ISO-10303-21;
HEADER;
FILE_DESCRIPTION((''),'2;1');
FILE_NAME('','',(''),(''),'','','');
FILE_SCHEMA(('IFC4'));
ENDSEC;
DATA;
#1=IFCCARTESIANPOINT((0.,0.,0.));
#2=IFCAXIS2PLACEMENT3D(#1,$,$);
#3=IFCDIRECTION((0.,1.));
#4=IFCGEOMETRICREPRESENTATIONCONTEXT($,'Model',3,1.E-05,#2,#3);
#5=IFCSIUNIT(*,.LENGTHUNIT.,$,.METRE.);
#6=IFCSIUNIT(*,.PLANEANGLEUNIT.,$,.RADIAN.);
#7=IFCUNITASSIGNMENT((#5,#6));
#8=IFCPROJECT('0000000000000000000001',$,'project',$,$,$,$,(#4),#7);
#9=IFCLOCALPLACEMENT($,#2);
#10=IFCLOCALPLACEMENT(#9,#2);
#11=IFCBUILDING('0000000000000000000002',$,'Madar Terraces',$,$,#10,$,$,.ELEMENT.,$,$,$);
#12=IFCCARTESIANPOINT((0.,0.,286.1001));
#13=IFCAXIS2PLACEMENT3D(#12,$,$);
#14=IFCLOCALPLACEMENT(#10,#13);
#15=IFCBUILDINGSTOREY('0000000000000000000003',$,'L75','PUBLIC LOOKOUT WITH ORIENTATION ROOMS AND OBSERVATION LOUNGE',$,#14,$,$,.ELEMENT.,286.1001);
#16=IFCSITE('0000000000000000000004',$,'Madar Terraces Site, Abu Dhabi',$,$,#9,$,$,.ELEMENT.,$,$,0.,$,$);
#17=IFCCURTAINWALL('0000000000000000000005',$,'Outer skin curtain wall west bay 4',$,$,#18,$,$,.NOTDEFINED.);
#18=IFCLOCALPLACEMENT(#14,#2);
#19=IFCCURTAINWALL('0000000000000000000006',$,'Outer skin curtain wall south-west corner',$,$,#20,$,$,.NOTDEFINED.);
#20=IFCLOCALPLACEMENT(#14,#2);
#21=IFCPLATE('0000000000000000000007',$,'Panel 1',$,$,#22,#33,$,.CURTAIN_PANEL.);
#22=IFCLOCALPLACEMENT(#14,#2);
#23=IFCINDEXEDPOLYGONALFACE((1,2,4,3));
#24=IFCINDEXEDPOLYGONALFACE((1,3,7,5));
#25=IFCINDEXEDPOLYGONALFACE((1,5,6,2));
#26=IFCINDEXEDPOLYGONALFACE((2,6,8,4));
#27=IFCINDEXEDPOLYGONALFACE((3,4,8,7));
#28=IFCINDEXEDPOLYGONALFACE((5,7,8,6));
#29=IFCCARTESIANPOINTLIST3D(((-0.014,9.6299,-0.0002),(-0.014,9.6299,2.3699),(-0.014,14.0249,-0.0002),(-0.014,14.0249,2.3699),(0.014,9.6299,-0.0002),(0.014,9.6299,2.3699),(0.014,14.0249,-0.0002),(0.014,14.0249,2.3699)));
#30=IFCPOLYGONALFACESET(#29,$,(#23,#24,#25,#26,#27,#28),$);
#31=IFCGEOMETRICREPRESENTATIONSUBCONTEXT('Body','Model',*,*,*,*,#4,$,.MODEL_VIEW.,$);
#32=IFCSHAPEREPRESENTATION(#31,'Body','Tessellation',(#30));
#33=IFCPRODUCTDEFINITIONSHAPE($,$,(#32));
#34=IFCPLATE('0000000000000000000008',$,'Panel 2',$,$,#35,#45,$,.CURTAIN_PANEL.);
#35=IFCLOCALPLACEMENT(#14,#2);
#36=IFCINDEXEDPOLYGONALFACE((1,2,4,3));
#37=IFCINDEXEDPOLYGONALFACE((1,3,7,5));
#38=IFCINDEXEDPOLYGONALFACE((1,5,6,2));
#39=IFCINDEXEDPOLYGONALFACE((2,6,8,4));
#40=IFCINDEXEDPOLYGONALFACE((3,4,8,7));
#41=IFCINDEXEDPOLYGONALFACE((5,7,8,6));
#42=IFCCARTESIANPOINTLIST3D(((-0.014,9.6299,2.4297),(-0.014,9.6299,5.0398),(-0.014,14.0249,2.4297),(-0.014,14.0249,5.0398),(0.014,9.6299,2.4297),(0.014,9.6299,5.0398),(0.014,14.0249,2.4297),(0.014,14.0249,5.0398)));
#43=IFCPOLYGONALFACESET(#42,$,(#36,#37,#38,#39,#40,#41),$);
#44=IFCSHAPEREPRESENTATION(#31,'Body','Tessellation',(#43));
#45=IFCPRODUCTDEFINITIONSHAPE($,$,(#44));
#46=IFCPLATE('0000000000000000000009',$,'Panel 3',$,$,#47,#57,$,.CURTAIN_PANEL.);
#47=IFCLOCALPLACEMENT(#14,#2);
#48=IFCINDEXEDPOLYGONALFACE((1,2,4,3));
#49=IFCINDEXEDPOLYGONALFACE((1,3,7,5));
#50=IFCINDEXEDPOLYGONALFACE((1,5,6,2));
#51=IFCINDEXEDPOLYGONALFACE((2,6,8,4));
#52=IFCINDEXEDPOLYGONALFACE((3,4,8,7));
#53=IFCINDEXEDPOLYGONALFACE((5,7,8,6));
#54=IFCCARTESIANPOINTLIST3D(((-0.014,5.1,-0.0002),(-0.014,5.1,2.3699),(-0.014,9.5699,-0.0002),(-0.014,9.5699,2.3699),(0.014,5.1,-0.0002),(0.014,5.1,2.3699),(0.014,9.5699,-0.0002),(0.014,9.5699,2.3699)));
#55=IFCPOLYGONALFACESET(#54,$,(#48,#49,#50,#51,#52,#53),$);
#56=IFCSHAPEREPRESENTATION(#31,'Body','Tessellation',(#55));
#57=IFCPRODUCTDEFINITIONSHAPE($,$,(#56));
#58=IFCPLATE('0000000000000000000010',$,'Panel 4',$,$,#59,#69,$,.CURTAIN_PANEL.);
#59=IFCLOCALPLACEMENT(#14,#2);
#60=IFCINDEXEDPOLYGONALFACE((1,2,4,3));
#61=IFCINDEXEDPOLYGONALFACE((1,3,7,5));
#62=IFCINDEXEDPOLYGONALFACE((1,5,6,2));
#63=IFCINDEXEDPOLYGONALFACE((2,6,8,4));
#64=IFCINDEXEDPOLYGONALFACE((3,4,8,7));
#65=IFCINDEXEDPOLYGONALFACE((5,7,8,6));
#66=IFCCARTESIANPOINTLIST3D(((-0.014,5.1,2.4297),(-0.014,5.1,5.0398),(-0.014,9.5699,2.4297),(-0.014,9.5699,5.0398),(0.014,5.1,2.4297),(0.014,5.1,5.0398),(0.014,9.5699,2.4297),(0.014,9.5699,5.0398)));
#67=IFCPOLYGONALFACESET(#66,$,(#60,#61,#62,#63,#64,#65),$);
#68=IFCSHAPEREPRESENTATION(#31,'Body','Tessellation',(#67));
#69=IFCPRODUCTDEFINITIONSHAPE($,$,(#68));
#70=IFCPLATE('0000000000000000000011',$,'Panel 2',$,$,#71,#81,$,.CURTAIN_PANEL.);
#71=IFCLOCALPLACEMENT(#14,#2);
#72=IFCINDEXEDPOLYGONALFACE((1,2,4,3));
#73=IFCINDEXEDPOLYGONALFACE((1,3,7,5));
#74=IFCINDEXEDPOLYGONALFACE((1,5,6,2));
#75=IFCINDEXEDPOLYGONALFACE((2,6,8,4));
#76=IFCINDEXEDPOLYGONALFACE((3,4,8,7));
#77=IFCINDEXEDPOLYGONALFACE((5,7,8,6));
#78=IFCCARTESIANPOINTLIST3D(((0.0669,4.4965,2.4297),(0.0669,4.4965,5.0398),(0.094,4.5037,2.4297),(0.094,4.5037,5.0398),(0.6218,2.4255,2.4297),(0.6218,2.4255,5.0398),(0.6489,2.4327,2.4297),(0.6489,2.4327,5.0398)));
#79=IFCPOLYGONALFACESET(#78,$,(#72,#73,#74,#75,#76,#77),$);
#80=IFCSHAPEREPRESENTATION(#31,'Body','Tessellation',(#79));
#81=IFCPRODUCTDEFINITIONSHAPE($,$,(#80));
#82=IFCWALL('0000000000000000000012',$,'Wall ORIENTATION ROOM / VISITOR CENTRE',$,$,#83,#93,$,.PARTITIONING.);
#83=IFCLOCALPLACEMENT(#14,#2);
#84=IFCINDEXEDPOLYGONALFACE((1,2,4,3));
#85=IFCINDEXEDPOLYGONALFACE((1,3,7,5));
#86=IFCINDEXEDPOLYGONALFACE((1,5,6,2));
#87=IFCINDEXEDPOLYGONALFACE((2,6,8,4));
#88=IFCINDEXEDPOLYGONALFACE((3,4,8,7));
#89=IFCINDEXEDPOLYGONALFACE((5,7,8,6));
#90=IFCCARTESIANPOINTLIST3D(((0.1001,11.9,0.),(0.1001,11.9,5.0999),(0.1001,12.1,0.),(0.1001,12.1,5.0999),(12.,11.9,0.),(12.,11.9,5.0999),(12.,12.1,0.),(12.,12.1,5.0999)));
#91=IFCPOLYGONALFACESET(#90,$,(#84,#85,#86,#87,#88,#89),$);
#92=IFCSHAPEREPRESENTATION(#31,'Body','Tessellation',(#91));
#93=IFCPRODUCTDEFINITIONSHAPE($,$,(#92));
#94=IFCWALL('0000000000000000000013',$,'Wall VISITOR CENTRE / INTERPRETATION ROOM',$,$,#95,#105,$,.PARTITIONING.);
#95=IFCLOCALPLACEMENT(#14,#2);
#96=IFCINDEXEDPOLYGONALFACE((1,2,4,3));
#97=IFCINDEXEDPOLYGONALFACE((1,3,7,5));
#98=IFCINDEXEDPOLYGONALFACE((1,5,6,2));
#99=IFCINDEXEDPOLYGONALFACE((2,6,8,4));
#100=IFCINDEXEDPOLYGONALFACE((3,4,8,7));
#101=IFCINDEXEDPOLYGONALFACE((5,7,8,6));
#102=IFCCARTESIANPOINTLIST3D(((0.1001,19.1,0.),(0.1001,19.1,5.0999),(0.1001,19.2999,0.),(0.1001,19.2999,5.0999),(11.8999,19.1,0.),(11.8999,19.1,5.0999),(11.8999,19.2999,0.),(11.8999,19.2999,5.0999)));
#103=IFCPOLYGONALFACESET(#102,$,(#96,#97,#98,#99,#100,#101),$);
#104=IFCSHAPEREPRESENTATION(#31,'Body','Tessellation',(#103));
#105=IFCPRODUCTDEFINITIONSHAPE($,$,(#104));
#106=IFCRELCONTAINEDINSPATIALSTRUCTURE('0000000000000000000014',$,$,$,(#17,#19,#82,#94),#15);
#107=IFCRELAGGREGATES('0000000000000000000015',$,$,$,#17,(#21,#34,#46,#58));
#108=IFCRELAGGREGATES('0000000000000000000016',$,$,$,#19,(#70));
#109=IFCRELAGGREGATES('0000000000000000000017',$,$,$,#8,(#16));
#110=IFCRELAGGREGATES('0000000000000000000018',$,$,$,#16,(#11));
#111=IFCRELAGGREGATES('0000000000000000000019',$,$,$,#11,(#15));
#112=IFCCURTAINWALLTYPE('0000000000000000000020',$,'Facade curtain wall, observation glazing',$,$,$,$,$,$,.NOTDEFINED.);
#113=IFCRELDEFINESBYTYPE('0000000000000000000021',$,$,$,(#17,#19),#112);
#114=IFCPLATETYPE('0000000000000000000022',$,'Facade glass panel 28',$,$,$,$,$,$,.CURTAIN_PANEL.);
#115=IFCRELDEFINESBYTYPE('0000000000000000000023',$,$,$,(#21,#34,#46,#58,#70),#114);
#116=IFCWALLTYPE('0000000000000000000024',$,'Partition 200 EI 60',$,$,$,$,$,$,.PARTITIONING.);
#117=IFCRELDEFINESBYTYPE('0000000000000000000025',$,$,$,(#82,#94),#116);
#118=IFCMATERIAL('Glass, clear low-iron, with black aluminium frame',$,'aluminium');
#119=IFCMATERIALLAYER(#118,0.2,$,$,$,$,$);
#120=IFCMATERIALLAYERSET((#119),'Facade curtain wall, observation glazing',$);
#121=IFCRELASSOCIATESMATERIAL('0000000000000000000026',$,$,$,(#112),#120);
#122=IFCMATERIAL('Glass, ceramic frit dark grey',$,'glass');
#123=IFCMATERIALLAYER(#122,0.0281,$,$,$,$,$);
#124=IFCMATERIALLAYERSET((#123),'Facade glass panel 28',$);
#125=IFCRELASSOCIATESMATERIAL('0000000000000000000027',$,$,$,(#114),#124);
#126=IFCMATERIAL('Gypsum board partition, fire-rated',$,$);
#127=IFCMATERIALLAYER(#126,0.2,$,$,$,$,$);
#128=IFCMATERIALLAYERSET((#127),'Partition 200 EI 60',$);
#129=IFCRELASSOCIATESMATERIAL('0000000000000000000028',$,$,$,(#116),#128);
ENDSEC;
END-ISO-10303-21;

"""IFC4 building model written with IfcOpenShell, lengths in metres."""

from ifc_helpers import new_model, si_unit, direction, frame, frame_2d, origin, origin_2d, place, context, subcontext, project, spatial, rectangle, extrude, material, layer, layer_set, type_object, element, aggregate, save


model = new_model("IFC4")

# Units and contexts
model_context = context("Model", 3, precision=1e-05, world=origin(), true_north=direction((0.0, 1.0)))
body_context = subcontext(model_context, "Body", "Model", "MODEL_VIEW")
ifc_project = project(units=[si_unit("LENGTHUNIT", "METRE"), si_unit("PLANEANGLEUNIT", "RADIAN")], contexts=[model_context])

# Site, building, storey
site_placement = place(None, origin())
site = spatial("IfcSite", under=ifc_project, at=site_placement, Name="Madar Terraces Site, Abu Dhabi", CompositionType="ELEMENT", RefElevation=0.0)
building_placement = place(site_placement, origin())
building = spatial("IfcBuilding", under=site, at=building_placement, Name="Madar Terraces", CompositionType="ELEMENT")
storey_placement = place(building_placement, frame((0.0, 0.0, 286.1001)))
storey = spatial("IfcBuildingStorey", under=building, at=storey_placement, Name="L75", Description="PUBLIC LOOKOUT WITH ORIENTATION ROOMS AND OBSERVATION LOUNGE", CompositionType="ELEMENT", Elevation=286.1001)

# Curtain wall
ifc_material_1 = material(Name="Glass, clear low-iron, with black aluminium frame", Category="aluminium")
ifc_layer_1 = layer(ifc_material_1, 0.2)
ifc_layer_set_1 = layer_set([ifc_layer_1], Name="Facade curtain wall, observation glazing")
curtain_wall_type = type_object("IfcCurtainWallType", Name="Facade curtain wall, observation glazing", PredefinedType="NOTDEFINED", material=ifc_layer_set_1)
curtain_wall_1_placement = place(storey_placement, origin())
curtain_wall_1 = element("IfcCurtainWall", 1, at=curtain_wall_1_placement, inside=storey, type_object=curtain_wall_type, Name="Outer skin curtain wall west bay 4", PredefinedType="NOTDEFINED")

# Curtain wall
curtain_wall_2_placement = place(storey_placement, origin())
curtain_wall_2 = element("IfcCurtainWall", 2, at=curtain_wall_2_placement, inside=storey, type_object=curtain_wall_type, Name="Outer skin curtain wall south-west corner", PredefinedType="NOTDEFINED")

# Plates
ifc_material_2 = material(Name="Glass, ceramic frit dark grey", Category="glass")
ifc_layer_2 = layer(ifc_material_2, 0.0281)
ifc_layer_set_2 = layer_set([ifc_layer_2], Name="Facade glass panel 28")
plate_type = type_object("IfcPlateType", Name="Facade glass panel 28", PredefinedType="CURTAIN_PANEL", material=ifc_layer_set_2)
plate_1_placement = place(storey_placement, frame((0.0, 11.8274, -0.0002), z_axis=(0.0, 0.0, 1.0), x_axis=(0.0, -1.0, 0.0)))
plate_1 = element("IfcPlate", 3, at=plate_1_placement, type_object=plate_type, Name="Panel 1", PredefinedType="CURTAIN_PANEL", context=body_context, shape_type="SweptSolid", body=[
    extrude(rectangle(XDim=4.395, YDim=0.0281, at=origin_2d()), origin(), (0.0, 0.0, 1.0), 2.3701),
])
plate_2_placement = place(storey_placement, frame((0.0, 11.8274, 2.4297), z_axis=(0.0, 0.0, 1.0), x_axis=(0.0, -1.0, 0.0)))
plate_2 = element("IfcPlate", 4, at=plate_2_placement, type_object=plate_type, Name="Panel 2", PredefinedType="CURTAIN_PANEL", context=body_context, shape_type="SweptSolid", body=[
    extrude(rectangle(XDim=4.395, YDim=0.0281, at=origin_2d()), origin(), (0.0, 0.0, 1.0), 2.6101),
])
plate_3_placement = place(storey_placement, frame((0.0, 7.335, -0.0002), z_axis=(0.0, 0.0, 1.0), x_axis=(0.0, -1.0, 0.0)))
plate_3 = element("IfcPlate", 5, at=plate_3_placement, type_object=plate_type, Name="Panel 3", PredefinedType="CURTAIN_PANEL", context=body_context, shape_type="SweptSolid", body=[
    extrude(rectangle(XDim=4.47, YDim=0.0281, at=origin_2d()), origin(), (0.0, 0.0, 1.0), 2.3701),
])
plate_4_placement = place(storey_placement, frame((0.0, 7.335, 2.4297), z_axis=(0.0, 0.0, 1.0), x_axis=(0.0, -1.0, 0.0)))
plate_4 = element("IfcPlate", 6, at=plate_4_placement, type_object=plate_type, Name="Panel 4", PredefinedType="CURTAIN_PANEL", context=body_context, shape_type="SweptSolid", body=[
    extrude(rectangle(XDim=4.47, YDim=0.0281, at=origin_2d()), origin(), (0.0, 0.0, 1.0), 2.6101),
])
aggregate(curtain_wall_1, [plate_1, plate_2, plate_3, plate_4])
plate_5_placement = place(storey_placement, frame((0.3579, 3.4646, 2.4297), z_axis=(0.0, 0.0, 1.0), x_axis=(0.258819, -0.965926, 0.0)))
plate_5 = element("IfcPlate", 7, at=plate_5_placement, type_object=plate_type, Name="Panel 2", PredefinedType="CURTAIN_PANEL", context=body_context, shape_type="SweptSolid", body=[
    extrude(rectangle(XDim=2.144, YDim=0.0281, at=origin_2d()), origin(), (0.0, 0.0, 1.0), 2.6101),
])
aggregate(curtain_wall_2, [plate_5])

# Walls
ifc_material_3 = material(Name="Gypsum board partition, fire-rated")
ifc_layer_3 = layer(ifc_material_3, 0.2)
ifc_layer_set_3 = layer_set([ifc_layer_3], Name="Partition 200 EI 60")
wall_type = type_object("IfcWallType", Name="Partition 200 EI 60", PredefinedType="PARTITIONING", material=ifc_layer_set_3)
wall_1_placement = place(storey_placement, frame((0.1001, 12.0, 0.0), z_axis=(0.0, 0.0, 1.0), x_axis=(1.0, 0.0, 0.0)))
element("IfcWall", 8, at=wall_1_placement, inside=storey, type_object=wall_type, Name="Wall ORIENTATION ROOM / VISITOR CENTRE", PredefinedType="PARTITIONING", context=body_context, shape_type="SweptSolid", body=[
    extrude(rectangle(XDim=11.8999, YDim=0.2, at=frame_2d((5.95, 0.0))), origin(), (0.0, 0.0, 1.0), 5.0999),
])
wall_2_placement = place(storey_placement, frame((0.1001, 19.2, 0.0), z_axis=(0.0, 0.0, 1.0), x_axis=(1.0, 0.0, 0.0)))
element("IfcWall", 9, at=wall_2_placement, inside=storey, type_object=wall_type, Name="Wall VISITOR CENTRE / INTERPRETATION ROOM", PredefinedType="PARTITIONING", context=body_context, shape_type="SweptSolid", body=[
    extrude(rectangle(XDim=11.7998, YDim=0.2, at=frame_2d((5.8999, 0.0))), origin(), (0.0, 0.0, 1.0), 5.0999),
])

save(model, "model.ifc")
